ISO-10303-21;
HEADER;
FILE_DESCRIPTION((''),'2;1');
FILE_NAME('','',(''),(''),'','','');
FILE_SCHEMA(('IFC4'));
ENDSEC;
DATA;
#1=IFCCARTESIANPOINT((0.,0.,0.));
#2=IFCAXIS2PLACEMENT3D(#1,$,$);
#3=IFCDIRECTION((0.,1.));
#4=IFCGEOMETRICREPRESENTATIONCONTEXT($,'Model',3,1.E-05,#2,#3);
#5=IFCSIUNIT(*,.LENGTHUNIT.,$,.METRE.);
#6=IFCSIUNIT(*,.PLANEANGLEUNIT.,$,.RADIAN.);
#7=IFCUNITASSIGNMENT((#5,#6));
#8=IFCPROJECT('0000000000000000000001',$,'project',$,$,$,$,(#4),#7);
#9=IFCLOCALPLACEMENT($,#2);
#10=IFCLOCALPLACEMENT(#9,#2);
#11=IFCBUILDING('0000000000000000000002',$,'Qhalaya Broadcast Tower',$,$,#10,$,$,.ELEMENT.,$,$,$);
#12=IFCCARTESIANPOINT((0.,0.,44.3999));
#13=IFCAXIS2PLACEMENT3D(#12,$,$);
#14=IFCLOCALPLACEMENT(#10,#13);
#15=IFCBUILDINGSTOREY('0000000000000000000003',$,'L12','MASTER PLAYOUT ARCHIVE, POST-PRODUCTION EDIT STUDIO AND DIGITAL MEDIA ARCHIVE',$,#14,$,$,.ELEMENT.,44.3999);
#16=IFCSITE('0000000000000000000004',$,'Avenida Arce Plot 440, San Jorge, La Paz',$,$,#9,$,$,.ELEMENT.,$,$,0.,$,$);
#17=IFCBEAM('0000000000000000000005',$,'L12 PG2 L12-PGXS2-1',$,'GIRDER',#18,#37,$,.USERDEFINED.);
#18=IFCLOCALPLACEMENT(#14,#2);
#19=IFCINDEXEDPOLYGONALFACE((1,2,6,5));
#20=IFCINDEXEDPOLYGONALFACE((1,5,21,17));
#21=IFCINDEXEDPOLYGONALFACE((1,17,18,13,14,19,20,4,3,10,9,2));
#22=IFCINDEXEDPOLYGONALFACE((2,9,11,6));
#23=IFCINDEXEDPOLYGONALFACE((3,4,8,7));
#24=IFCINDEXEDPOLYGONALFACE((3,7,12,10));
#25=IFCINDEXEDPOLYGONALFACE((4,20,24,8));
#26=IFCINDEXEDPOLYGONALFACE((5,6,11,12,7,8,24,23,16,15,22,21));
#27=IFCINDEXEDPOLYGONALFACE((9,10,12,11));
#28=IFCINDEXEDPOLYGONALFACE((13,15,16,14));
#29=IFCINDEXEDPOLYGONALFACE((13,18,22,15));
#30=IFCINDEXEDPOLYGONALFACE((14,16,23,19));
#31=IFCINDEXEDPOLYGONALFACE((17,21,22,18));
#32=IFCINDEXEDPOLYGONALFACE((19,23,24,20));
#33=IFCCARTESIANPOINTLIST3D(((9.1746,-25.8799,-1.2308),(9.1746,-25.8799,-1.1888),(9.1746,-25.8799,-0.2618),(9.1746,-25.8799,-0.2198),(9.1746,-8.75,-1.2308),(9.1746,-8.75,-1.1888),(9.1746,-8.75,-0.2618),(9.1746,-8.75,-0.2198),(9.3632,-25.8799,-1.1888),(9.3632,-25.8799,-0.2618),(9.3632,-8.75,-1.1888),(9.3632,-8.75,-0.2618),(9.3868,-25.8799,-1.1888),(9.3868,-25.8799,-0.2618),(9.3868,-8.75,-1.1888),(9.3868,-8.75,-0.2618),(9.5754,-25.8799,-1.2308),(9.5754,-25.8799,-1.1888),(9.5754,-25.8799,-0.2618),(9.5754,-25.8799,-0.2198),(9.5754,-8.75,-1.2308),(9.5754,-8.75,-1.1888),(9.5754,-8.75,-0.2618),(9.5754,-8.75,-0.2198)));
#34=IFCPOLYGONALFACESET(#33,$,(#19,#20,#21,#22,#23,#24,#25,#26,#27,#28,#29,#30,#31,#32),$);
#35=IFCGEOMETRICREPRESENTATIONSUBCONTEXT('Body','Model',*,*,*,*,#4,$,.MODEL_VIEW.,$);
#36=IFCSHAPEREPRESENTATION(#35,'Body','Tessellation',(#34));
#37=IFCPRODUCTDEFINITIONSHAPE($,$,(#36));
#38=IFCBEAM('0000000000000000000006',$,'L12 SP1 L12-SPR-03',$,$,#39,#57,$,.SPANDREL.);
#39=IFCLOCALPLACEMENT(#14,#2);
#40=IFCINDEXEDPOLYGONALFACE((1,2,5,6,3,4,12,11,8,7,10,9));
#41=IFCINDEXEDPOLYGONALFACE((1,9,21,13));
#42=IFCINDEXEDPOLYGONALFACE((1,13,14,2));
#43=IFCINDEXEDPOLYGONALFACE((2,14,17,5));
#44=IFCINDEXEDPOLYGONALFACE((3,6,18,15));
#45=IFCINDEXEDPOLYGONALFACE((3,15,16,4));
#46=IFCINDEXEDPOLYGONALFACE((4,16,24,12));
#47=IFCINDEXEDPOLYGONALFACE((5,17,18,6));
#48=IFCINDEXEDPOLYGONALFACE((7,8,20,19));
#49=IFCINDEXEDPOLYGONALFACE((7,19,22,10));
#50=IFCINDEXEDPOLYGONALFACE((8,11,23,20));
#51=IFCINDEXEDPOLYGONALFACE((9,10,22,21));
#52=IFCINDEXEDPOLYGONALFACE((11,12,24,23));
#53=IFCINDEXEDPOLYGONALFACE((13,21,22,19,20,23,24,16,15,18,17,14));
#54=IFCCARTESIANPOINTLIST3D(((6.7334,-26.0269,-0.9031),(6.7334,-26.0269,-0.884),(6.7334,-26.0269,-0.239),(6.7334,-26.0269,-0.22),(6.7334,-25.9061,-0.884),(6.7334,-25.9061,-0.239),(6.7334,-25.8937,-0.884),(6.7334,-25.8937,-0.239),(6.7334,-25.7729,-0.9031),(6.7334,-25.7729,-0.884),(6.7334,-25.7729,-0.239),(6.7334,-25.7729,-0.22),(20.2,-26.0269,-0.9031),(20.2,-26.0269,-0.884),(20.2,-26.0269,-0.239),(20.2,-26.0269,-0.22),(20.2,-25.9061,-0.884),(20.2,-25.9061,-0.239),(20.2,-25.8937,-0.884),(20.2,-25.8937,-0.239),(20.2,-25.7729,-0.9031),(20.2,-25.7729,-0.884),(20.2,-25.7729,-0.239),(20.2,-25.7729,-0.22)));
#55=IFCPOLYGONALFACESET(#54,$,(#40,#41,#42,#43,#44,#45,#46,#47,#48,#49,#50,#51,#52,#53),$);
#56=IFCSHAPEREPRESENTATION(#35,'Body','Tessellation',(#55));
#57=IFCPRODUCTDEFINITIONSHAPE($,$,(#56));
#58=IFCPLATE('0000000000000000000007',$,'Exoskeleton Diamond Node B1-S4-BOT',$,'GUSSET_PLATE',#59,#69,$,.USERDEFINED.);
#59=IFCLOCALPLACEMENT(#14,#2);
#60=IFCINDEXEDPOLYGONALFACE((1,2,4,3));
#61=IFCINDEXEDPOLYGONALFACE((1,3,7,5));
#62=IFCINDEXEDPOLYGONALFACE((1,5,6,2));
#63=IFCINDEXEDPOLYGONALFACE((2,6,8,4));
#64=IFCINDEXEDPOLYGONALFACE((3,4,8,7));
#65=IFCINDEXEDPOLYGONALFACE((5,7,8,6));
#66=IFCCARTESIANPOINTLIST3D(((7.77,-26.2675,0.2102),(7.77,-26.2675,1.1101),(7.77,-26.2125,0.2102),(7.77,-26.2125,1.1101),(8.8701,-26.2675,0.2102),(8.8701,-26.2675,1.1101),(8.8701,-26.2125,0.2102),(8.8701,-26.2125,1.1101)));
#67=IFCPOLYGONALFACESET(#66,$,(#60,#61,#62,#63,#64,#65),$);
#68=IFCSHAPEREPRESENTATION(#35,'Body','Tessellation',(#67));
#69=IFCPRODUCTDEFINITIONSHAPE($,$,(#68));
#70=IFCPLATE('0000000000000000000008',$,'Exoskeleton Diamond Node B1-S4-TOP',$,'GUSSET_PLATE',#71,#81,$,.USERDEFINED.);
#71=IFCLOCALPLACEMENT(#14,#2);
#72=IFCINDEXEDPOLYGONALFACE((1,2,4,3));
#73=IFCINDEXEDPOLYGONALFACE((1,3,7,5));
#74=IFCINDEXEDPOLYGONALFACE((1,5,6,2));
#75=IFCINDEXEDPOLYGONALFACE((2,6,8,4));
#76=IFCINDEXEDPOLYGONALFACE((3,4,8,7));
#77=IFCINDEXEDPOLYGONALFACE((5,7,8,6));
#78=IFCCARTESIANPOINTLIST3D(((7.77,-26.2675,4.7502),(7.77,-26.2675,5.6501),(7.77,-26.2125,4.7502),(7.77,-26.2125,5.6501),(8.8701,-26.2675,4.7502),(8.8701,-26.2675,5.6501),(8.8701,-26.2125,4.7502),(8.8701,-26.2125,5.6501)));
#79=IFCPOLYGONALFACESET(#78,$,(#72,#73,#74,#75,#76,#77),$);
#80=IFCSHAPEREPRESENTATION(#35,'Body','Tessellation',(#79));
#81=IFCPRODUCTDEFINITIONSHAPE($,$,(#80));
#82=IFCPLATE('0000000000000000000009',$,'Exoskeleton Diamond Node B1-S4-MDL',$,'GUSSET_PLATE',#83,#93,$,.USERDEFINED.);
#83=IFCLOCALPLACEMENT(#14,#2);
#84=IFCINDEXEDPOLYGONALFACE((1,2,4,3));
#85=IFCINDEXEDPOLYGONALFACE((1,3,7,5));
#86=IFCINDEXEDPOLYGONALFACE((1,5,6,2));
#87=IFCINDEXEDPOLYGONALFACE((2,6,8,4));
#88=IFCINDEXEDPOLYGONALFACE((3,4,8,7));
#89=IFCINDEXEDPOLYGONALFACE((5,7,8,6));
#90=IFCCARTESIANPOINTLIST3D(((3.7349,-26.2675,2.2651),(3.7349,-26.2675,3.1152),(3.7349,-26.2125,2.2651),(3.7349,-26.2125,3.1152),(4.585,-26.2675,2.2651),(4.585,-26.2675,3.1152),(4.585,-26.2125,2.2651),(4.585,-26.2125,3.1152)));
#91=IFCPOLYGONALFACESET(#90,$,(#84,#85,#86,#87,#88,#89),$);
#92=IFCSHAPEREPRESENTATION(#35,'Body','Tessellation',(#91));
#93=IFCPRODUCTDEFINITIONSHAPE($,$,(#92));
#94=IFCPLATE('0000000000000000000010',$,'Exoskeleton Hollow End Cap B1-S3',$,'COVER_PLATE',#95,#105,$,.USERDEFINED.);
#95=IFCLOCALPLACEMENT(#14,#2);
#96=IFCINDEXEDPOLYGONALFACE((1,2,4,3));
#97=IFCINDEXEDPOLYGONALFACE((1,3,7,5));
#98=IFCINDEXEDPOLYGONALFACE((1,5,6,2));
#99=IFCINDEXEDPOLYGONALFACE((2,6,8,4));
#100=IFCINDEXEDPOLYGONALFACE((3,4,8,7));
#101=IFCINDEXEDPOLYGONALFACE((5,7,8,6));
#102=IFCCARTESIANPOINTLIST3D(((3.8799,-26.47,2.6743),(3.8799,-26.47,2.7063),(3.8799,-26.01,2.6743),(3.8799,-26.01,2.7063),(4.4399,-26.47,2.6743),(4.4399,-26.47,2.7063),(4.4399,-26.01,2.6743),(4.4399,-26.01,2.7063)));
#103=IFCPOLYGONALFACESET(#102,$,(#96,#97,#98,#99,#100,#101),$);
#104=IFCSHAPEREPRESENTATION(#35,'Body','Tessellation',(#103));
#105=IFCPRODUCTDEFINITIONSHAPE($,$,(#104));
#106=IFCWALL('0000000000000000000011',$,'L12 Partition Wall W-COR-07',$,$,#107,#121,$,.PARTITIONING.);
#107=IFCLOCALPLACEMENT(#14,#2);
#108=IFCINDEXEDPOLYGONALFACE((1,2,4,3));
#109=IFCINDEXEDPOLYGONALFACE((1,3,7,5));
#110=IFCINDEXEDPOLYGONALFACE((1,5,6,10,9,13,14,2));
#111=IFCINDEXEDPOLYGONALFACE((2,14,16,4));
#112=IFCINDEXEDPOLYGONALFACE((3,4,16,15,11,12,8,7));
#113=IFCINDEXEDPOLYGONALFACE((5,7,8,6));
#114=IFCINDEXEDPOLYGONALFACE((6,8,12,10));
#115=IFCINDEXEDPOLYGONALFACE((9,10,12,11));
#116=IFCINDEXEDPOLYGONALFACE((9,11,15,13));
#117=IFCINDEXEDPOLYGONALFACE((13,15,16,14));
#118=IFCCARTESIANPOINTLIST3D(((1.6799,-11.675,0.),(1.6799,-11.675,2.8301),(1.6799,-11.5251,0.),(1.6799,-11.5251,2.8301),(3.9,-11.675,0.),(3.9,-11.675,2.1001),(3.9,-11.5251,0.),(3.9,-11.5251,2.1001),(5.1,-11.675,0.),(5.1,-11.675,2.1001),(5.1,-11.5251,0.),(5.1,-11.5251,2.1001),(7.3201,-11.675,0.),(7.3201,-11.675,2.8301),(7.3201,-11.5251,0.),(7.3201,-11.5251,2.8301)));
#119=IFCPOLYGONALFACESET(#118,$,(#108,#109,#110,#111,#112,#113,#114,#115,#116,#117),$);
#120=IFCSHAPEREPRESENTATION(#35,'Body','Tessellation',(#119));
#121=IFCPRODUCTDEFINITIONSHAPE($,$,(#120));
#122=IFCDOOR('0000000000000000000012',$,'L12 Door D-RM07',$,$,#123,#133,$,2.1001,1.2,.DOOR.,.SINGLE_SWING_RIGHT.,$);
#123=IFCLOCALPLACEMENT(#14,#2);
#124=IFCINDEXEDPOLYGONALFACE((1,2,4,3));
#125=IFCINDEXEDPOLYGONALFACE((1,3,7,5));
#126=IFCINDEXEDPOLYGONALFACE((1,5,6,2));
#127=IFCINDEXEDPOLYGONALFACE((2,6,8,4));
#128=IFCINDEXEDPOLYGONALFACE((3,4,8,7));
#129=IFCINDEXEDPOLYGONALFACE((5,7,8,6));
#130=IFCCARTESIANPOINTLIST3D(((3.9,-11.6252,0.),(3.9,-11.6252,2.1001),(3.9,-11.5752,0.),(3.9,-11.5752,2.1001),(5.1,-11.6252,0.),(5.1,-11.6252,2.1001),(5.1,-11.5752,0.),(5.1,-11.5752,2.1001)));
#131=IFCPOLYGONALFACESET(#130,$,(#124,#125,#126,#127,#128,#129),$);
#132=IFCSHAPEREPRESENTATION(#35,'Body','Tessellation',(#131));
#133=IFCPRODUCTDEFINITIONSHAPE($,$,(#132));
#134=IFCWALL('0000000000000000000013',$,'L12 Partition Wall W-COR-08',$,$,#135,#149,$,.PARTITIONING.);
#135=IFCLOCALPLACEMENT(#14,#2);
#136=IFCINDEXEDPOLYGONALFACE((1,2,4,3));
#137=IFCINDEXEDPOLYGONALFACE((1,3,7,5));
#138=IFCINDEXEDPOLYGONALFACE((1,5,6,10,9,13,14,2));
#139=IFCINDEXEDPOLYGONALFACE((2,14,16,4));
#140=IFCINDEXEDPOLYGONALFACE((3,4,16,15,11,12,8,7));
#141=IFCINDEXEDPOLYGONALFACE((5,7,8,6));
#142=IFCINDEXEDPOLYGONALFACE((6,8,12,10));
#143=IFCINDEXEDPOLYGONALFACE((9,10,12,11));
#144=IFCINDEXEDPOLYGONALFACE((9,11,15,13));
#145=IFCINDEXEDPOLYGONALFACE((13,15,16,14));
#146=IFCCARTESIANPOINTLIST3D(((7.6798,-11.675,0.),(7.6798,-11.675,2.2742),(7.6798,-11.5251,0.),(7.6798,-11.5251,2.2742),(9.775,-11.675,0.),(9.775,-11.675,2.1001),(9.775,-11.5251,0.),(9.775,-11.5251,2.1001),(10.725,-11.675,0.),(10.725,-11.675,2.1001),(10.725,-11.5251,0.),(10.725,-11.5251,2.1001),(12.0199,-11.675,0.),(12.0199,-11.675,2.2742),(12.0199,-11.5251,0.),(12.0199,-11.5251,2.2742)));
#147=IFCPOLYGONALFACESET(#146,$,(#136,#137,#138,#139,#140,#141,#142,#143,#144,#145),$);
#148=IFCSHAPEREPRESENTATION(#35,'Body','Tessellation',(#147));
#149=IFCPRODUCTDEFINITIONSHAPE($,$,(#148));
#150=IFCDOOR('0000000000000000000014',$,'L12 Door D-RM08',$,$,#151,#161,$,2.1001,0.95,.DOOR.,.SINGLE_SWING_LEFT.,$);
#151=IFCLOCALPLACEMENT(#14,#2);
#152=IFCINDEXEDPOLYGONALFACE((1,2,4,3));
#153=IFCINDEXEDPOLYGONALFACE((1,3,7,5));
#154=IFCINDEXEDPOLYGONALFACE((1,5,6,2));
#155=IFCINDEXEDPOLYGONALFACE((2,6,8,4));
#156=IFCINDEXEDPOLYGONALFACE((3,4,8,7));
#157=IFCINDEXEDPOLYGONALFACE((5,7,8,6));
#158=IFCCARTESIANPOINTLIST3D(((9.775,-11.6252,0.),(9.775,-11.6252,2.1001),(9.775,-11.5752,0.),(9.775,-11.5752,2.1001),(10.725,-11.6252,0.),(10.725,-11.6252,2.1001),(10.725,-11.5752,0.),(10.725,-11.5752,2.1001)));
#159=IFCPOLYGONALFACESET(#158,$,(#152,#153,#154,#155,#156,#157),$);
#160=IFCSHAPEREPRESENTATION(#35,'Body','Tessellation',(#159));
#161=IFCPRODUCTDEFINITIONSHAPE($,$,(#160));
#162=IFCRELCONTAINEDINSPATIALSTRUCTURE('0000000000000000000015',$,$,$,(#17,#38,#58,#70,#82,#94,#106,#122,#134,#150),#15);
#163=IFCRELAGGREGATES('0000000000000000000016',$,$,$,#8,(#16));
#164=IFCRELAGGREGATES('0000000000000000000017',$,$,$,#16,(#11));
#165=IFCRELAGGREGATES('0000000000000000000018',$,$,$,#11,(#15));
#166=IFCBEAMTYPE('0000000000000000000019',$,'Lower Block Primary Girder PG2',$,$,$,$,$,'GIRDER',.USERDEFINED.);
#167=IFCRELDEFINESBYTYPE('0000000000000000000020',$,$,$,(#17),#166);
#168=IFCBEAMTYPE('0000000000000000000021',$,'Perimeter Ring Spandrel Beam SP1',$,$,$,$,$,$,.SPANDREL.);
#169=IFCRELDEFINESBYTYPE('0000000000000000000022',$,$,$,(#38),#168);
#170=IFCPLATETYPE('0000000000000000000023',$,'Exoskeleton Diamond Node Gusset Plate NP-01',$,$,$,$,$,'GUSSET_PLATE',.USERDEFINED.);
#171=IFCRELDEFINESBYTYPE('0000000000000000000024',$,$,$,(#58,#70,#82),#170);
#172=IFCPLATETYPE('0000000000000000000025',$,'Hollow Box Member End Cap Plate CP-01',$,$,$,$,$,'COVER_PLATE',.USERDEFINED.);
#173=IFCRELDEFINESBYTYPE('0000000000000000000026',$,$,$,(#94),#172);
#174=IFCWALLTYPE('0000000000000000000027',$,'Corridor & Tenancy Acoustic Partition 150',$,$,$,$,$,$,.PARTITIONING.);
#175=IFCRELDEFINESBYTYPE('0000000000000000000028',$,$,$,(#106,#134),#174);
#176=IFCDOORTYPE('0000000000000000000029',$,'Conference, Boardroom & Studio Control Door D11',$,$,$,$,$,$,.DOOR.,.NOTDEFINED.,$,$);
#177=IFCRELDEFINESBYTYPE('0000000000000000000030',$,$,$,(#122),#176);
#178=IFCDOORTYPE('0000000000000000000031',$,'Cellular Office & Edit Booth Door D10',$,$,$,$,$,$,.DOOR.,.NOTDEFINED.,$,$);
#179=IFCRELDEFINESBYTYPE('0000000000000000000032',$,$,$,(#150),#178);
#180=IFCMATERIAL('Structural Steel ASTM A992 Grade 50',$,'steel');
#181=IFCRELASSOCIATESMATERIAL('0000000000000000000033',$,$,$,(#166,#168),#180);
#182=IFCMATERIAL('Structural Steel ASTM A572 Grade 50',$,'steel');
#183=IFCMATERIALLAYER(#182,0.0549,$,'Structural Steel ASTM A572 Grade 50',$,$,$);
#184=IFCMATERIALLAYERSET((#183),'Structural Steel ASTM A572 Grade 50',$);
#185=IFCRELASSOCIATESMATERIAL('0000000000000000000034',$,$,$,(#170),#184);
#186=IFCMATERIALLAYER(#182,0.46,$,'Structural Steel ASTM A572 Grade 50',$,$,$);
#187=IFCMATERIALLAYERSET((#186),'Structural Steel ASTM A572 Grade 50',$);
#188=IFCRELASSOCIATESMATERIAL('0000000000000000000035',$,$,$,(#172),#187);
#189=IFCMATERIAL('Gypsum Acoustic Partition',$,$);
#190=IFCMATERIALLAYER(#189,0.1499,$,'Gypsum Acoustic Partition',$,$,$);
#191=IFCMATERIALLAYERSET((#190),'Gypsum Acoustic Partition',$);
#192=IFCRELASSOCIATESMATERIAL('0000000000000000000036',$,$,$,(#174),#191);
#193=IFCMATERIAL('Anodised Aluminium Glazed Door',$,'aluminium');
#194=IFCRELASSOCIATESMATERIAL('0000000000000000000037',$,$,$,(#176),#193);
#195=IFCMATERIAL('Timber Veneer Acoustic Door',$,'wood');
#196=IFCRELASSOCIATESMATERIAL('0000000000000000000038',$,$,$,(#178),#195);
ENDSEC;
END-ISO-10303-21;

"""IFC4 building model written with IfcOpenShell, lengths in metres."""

from ifc_helpers import new_model, si_unit, direction, frame, frame_2d, origin, origin_2d, place, context, subcontext, project, spatial, rectangle, i_section, extrude, material, layer, layer_set, material_profile, profile_set, type_object, element, fill, save


model = new_model("IFC4")

# Units and contexts
model_context = context("Model", 3, precision=1e-05, world=origin(), true_north=direction((0.0, 1.0)))
body_context = subcontext(model_context, "Body", "Model", "MODEL_VIEW")
ifc_project = project(units=[si_unit("LENGTHUNIT", "METRE"), si_unit("PLANEANGLEUNIT", "RADIAN")], contexts=[model_context])

# Site, building, storey
site_placement = place(None, origin())
site = spatial("IfcSite", under=ifc_project, at=site_placement, Name="Avenida Arce Plot 440, San Jorge, La Paz", CompositionType="ELEMENT", RefElevation=0.0)
building_placement = place(site_placement, origin())
building = spatial("IfcBuilding", under=site, at=building_placement, Name="Qhalaya Broadcast Tower", CompositionType="ELEMENT")
storey_placement = place(building_placement, frame((0.0, 0.0, 44.3999)))
storey = spatial("IfcBuildingStorey", under=building, at=storey_placement, Name="L12", Description="MASTER PLAYOUT ARCHIVE, POST-PRODUCTION EDIT STUDIO AND DIGITAL MEDIA ARCHIVE", CompositionType="ELEMENT", Elevation=44.3999)

# Shared definitions
ifc_material_1 = material(Name="Structural Steel ASTM A572 Grade 50", Category="steel")

# Shared definitions
ifc_material_2 = material(Name="Structural Steel ASTM A992 Grade 50", Category="steel")

# Beams
ifc_material_profile_1 = material_profile(ifc_material_2, i_section(OverallWidth=0.4009, OverallDepth=1.011, WebThickness=0.0237, FlangeThickness=0.042, at=origin_2d()), Name="W40X297")
ifc_profile_set_1 = profile_set([ifc_material_profile_1], Name="Structural Steel ASTM A992 Grade 50")
beam_type_1 = type_object("IfcBeamType", Name="Lower Block Primary Girder PG2", ElementType="GIRDER", PredefinedType="USERDEFINED", material=ifc_profile_set_1)
beam_1_placement = place(storey_placement, frame((9.375, -25.8799, -0.7253), z_axis=(0.0, 1.0, 0.0), x_axis=(-1.0, 0.0, 0.0)))
element("IfcBeam", 1, at=beam_1_placement, inside=storey, type_object=beam_type_1, Name="L12 PG2 L12-PGXS2-1", ObjectType="GIRDER", PredefinedType="USERDEFINED", context=body_context, shape_type="SweptSolid", body=[
    extrude(i_section(OverallWidth=0.4009, OverallDepth=1.011, WebThickness=0.0237, FlangeThickness=0.042, at=origin_2d()), origin(), (0.0, 0.0, 1.0), 17.1299),
])
ifc_material_profile_2 = material_profile(ifc_material_2, i_section(OverallWidth=0.2539, OverallDepth=0.6831, WebThickness=0.0125, FlangeThickness=0.019, at=origin_2d()), Name="W27X94")
ifc_profile_set_2 = profile_set([ifc_material_profile_2], Name="Structural Steel ASTM A992 Grade 50")
beam_type_2 = type_object("IfcBeamType", Name="Perimeter Ring Spandrel Beam SP1", PredefinedType="SPANDREL", material=ifc_profile_set_2)
beam_2_placement = place(storey_placement, frame((6.7334, -25.8999, -0.5615), z_axis=(1.0, 0.0, 0.0), x_axis=(0.0, 1.0, 0.0)))
element("IfcBeam", 2, at=beam_2_placement, inside=storey, type_object=beam_type_2, Name="L12 SP1 L12-SPR-03", PredefinedType="SPANDREL", context=body_context, shape_type="SweptSolid", body=[
    extrude(i_section(OverallWidth=0.2539, OverallDepth=0.6831, WebThickness=0.0125, FlangeThickness=0.019, at=origin_2d()), origin(), (0.0, 0.0, 1.0), 13.4666),
])

# Plates
ifc_layer_1 = layer(ifc_material_1, 0.0549, Name="Structural Steel ASTM A572 Grade 50")
ifc_layer_set_1 = layer_set([ifc_layer_1], Name="Structural Steel ASTM A572 Grade 50")
plate_type_1 = type_object("IfcPlateType", Name="Exoskeleton Diamond Node Gusset Plate NP-01", ElementType="GUSSET_PLATE", PredefinedType="USERDEFINED", material=ifc_layer_set_1)
for number, where, z_axis, x_axis, name in (
    (3, (8.3201, -26.24, 0.2102), (0.0, 0.0, 1.0), (1.0, 0.0, 0.0), "Exoskeleton Diamond Node B1-S4-BOT"),
    (4, (8.3201, -26.24, 4.7502), (0.0, 0.0, 1.0), (1.0, 0.0, 0.0), "Exoskeleton Diamond Node B1-S4-TOP"),
):
    element("IfcPlate", number, at=place(storey_placement, frame(where, z_axis=z_axis, x_axis=x_axis)), inside=storey, type_object=plate_type_1, Name=name, ObjectType="GUSSET_PLATE", PredefinedType="USERDEFINED", context=body_context, shape_type="SweptSolid", body=[
        extrude(rectangle(XDim=1.1001, YDim=0.0549, at=origin_2d()), origin(), (0.0, 0.0, 1.0), 0.8999),
    ])
plate_1_placement = place(storey_placement, frame((4.1599, -26.24, 2.2651), z_axis=(0.0, 0.0, 1.0), x_axis=(1.0, 0.0, 0.0)))
element("IfcPlate", 5, at=plate_1_placement, inside=storey, type_object=plate_type_1, Name="Exoskeleton Diamond Node B1-S4-MDL", ObjectType="GUSSET_PLATE", PredefinedType="USERDEFINED", context=body_context, shape_type="SweptSolid", body=[
    extrude(rectangle(XDim=0.8501, YDim=0.0549, at=origin_2d()), origin(), (0.0, 0.0, 1.0), 0.8501),
])
ifc_layer_2 = layer(ifc_material_1, 0.46, Name="Structural Steel ASTM A572 Grade 50")
ifc_layer_set_2 = layer_set([ifc_layer_2], Name="Structural Steel ASTM A572 Grade 50")
plate_type_2 = type_object("IfcPlateType", Name="Hollow Box Member End Cap Plate CP-01", ElementType="COVER_PLATE", PredefinedType="USERDEFINED", material=ifc_layer_set_2)
plate_2_placement = place(storey_placement, frame((4.1599, -26.24, 2.6743), z_axis=(0.0, 0.0, 1.0), x_axis=(1.0, 0.0, 0.0)))
element("IfcPlate", 6, at=plate_2_placement, inside=storey, type_object=plate_type_2, Name="Exoskeleton Hollow End Cap B1-S3", ObjectType="COVER_PLATE", PredefinedType="USERDEFINED", context=body_context, shape_type="SweptSolid", body=[
    extrude(rectangle(XDim=0.5601, YDim=0.46, at=origin_2d()), origin(), (0.0, 0.0, 1.0), 0.032),
])

# Walls, openings, doors
ifc_material_3 = material(Name="Gypsum Acoustic Partition")
ifc_layer_3 = layer(ifc_material_3, 0.1499, Name="Gypsum Acoustic Partition")
ifc_layer_set_3 = layer_set([ifc_layer_3], Name="Gypsum Acoustic Partition")
wall_type_1 = type_object("IfcWallType", Name="Corridor & Tenancy Acoustic Partition 150", PredefinedType="PARTITIONING", material=ifc_layer_set_3)
wall_1_placement = place(storey_placement, frame((1.6799, -11.6001, 0.0), z_axis=(0.0, 0.0, 1.0), x_axis=(1.0, 0.0, 0.0)))
wall_1 = element("IfcWall", 7, at=wall_1_placement, inside=storey, type_object=wall_type_1, Name="L12 Partition Wall W-COR-07", PredefinedType="PARTITIONING", context=body_context, shape_type="SweptSolid", body=[
    extrude(rectangle(XDim=5.6401, YDim=0.1499, at=frame_2d((2.8201, 0.0))), origin(), (0.0, 0.0, 1.0), 2.8301),
])
opening_1_placement = place(wall_1_placement, frame((2.22, 0.0, 0.0)))
opening_1 = element("IfcOpeningElement", 8, at=opening_1_placement, cuts=wall_1, PredefinedType="OPENING", context=body_context, shape_type="SweptSolid", body=[
    extrude(rectangle(XDim=1.2, YDim=2.1001, at=frame_2d((0.6001, 1.05))), frame((0.0, 0.0869, 0.0), z_axis=(0.0, -1.0, 0.0), x_axis=(1.0, 0.0, 0.0)), (0.0, 0.0, 1.0), 0.1738),
])
ifc_material_4 = material(Name="Anodised Aluminium Glazed Door", Category="aluminium")
door_type_1 = type_object("IfcDoorType", Name="Conference, Boardroom & Studio Control Door D11", OperationType="NOTDEFINED", PredefinedType="DOOR", material=ifc_material_4)
door_1_placement = place(opening_1_placement, origin())
door_1 = element("IfcDoor", 9, at=door_1_placement, inside=storey, type_object=door_type_1, Name="L12 Door D-RM07", OperationType="SINGLE_SWING_RIGHT", OverallHeight=2.1001, OverallWidth=1.2, PredefinedType="DOOR", context=body_context, shape_type="SweptSolid", body=[
    extrude(rectangle(XDim=1.2, YDim=2.1001, at=frame_2d((0.6001, 1.05))), frame((0.0, 0.0249, 0.0), z_axis=(0.0, -1.0, 0.0), x_axis=(1.0, 0.0, 0.0)), (0.0, 0.0, 1.0), 0.05),
])
fill(opening_1, door_1)
wall_2_placement = place(storey_placement, frame((7.6799, -11.6001, 0.0), z_axis=(0.0, 0.0, 1.0), x_axis=(1.0, 0.0, 0.0)))
wall_2 = element("IfcWall", 10, at=wall_2_placement, inside=storey, type_object=wall_type_1, Name="L12 Partition Wall W-COR-08", PredefinedType="PARTITIONING", context=body_context, shape_type="SweptSolid", body=[
    extrude(rectangle(XDim=4.3401, YDim=0.1499, at=frame_2d((2.1699, 0.0))), origin(), (0.0, 0.0, 1.0), 2.2742),
])
opening_2_placement = place(wall_2_placement, frame((2.095, 0.0, 0.0)))
opening_2 = element("IfcOpeningElement", 11, at=opening_2_placement, cuts=wall_2, PredefinedType="OPENING", context=body_context, shape_type="SweptSolid", body=[
    extrude(rectangle(XDim=0.95, YDim=2.1001, at=frame_2d((0.4751, 1.05))), frame((0.0, 0.0869, 0.0), z_axis=(0.0, -1.0, 0.0), x_axis=(1.0, 0.0, 0.0)), (0.0, 0.0, 1.0), 0.1738),
])
ifc_material_5 = material(Name="Timber Veneer Acoustic Door", Category="wood")
door_type_2 = type_object("IfcDoorType", Name="Cellular Office & Edit Booth Door D10", OperationType="NOTDEFINED", PredefinedType="DOOR", material=ifc_material_5)
door_2_placement = place(opening_2_placement, origin())
door_2 = element("IfcDoor", 12, at=door_2_placement, inside=storey, type_object=door_type_2, Name="L12 Door D-RM08", OperationType="SINGLE_SWING_LEFT", OverallHeight=2.1001, OverallWidth=0.95, PredefinedType="DOOR", context=body_context, shape_type="SweptSolid", body=[
    extrude(rectangle(XDim=0.95, YDim=2.1001, at=frame_2d((0.4751, 1.05))), frame((0.0, 0.0249, 0.0), z_axis=(0.0, -1.0, 0.0), x_axis=(1.0, 0.0, 0.0)), (0.0, 0.0, 1.0), 0.05),
])
fill(opening_2, door_2)

save(model, "model.ifc")
